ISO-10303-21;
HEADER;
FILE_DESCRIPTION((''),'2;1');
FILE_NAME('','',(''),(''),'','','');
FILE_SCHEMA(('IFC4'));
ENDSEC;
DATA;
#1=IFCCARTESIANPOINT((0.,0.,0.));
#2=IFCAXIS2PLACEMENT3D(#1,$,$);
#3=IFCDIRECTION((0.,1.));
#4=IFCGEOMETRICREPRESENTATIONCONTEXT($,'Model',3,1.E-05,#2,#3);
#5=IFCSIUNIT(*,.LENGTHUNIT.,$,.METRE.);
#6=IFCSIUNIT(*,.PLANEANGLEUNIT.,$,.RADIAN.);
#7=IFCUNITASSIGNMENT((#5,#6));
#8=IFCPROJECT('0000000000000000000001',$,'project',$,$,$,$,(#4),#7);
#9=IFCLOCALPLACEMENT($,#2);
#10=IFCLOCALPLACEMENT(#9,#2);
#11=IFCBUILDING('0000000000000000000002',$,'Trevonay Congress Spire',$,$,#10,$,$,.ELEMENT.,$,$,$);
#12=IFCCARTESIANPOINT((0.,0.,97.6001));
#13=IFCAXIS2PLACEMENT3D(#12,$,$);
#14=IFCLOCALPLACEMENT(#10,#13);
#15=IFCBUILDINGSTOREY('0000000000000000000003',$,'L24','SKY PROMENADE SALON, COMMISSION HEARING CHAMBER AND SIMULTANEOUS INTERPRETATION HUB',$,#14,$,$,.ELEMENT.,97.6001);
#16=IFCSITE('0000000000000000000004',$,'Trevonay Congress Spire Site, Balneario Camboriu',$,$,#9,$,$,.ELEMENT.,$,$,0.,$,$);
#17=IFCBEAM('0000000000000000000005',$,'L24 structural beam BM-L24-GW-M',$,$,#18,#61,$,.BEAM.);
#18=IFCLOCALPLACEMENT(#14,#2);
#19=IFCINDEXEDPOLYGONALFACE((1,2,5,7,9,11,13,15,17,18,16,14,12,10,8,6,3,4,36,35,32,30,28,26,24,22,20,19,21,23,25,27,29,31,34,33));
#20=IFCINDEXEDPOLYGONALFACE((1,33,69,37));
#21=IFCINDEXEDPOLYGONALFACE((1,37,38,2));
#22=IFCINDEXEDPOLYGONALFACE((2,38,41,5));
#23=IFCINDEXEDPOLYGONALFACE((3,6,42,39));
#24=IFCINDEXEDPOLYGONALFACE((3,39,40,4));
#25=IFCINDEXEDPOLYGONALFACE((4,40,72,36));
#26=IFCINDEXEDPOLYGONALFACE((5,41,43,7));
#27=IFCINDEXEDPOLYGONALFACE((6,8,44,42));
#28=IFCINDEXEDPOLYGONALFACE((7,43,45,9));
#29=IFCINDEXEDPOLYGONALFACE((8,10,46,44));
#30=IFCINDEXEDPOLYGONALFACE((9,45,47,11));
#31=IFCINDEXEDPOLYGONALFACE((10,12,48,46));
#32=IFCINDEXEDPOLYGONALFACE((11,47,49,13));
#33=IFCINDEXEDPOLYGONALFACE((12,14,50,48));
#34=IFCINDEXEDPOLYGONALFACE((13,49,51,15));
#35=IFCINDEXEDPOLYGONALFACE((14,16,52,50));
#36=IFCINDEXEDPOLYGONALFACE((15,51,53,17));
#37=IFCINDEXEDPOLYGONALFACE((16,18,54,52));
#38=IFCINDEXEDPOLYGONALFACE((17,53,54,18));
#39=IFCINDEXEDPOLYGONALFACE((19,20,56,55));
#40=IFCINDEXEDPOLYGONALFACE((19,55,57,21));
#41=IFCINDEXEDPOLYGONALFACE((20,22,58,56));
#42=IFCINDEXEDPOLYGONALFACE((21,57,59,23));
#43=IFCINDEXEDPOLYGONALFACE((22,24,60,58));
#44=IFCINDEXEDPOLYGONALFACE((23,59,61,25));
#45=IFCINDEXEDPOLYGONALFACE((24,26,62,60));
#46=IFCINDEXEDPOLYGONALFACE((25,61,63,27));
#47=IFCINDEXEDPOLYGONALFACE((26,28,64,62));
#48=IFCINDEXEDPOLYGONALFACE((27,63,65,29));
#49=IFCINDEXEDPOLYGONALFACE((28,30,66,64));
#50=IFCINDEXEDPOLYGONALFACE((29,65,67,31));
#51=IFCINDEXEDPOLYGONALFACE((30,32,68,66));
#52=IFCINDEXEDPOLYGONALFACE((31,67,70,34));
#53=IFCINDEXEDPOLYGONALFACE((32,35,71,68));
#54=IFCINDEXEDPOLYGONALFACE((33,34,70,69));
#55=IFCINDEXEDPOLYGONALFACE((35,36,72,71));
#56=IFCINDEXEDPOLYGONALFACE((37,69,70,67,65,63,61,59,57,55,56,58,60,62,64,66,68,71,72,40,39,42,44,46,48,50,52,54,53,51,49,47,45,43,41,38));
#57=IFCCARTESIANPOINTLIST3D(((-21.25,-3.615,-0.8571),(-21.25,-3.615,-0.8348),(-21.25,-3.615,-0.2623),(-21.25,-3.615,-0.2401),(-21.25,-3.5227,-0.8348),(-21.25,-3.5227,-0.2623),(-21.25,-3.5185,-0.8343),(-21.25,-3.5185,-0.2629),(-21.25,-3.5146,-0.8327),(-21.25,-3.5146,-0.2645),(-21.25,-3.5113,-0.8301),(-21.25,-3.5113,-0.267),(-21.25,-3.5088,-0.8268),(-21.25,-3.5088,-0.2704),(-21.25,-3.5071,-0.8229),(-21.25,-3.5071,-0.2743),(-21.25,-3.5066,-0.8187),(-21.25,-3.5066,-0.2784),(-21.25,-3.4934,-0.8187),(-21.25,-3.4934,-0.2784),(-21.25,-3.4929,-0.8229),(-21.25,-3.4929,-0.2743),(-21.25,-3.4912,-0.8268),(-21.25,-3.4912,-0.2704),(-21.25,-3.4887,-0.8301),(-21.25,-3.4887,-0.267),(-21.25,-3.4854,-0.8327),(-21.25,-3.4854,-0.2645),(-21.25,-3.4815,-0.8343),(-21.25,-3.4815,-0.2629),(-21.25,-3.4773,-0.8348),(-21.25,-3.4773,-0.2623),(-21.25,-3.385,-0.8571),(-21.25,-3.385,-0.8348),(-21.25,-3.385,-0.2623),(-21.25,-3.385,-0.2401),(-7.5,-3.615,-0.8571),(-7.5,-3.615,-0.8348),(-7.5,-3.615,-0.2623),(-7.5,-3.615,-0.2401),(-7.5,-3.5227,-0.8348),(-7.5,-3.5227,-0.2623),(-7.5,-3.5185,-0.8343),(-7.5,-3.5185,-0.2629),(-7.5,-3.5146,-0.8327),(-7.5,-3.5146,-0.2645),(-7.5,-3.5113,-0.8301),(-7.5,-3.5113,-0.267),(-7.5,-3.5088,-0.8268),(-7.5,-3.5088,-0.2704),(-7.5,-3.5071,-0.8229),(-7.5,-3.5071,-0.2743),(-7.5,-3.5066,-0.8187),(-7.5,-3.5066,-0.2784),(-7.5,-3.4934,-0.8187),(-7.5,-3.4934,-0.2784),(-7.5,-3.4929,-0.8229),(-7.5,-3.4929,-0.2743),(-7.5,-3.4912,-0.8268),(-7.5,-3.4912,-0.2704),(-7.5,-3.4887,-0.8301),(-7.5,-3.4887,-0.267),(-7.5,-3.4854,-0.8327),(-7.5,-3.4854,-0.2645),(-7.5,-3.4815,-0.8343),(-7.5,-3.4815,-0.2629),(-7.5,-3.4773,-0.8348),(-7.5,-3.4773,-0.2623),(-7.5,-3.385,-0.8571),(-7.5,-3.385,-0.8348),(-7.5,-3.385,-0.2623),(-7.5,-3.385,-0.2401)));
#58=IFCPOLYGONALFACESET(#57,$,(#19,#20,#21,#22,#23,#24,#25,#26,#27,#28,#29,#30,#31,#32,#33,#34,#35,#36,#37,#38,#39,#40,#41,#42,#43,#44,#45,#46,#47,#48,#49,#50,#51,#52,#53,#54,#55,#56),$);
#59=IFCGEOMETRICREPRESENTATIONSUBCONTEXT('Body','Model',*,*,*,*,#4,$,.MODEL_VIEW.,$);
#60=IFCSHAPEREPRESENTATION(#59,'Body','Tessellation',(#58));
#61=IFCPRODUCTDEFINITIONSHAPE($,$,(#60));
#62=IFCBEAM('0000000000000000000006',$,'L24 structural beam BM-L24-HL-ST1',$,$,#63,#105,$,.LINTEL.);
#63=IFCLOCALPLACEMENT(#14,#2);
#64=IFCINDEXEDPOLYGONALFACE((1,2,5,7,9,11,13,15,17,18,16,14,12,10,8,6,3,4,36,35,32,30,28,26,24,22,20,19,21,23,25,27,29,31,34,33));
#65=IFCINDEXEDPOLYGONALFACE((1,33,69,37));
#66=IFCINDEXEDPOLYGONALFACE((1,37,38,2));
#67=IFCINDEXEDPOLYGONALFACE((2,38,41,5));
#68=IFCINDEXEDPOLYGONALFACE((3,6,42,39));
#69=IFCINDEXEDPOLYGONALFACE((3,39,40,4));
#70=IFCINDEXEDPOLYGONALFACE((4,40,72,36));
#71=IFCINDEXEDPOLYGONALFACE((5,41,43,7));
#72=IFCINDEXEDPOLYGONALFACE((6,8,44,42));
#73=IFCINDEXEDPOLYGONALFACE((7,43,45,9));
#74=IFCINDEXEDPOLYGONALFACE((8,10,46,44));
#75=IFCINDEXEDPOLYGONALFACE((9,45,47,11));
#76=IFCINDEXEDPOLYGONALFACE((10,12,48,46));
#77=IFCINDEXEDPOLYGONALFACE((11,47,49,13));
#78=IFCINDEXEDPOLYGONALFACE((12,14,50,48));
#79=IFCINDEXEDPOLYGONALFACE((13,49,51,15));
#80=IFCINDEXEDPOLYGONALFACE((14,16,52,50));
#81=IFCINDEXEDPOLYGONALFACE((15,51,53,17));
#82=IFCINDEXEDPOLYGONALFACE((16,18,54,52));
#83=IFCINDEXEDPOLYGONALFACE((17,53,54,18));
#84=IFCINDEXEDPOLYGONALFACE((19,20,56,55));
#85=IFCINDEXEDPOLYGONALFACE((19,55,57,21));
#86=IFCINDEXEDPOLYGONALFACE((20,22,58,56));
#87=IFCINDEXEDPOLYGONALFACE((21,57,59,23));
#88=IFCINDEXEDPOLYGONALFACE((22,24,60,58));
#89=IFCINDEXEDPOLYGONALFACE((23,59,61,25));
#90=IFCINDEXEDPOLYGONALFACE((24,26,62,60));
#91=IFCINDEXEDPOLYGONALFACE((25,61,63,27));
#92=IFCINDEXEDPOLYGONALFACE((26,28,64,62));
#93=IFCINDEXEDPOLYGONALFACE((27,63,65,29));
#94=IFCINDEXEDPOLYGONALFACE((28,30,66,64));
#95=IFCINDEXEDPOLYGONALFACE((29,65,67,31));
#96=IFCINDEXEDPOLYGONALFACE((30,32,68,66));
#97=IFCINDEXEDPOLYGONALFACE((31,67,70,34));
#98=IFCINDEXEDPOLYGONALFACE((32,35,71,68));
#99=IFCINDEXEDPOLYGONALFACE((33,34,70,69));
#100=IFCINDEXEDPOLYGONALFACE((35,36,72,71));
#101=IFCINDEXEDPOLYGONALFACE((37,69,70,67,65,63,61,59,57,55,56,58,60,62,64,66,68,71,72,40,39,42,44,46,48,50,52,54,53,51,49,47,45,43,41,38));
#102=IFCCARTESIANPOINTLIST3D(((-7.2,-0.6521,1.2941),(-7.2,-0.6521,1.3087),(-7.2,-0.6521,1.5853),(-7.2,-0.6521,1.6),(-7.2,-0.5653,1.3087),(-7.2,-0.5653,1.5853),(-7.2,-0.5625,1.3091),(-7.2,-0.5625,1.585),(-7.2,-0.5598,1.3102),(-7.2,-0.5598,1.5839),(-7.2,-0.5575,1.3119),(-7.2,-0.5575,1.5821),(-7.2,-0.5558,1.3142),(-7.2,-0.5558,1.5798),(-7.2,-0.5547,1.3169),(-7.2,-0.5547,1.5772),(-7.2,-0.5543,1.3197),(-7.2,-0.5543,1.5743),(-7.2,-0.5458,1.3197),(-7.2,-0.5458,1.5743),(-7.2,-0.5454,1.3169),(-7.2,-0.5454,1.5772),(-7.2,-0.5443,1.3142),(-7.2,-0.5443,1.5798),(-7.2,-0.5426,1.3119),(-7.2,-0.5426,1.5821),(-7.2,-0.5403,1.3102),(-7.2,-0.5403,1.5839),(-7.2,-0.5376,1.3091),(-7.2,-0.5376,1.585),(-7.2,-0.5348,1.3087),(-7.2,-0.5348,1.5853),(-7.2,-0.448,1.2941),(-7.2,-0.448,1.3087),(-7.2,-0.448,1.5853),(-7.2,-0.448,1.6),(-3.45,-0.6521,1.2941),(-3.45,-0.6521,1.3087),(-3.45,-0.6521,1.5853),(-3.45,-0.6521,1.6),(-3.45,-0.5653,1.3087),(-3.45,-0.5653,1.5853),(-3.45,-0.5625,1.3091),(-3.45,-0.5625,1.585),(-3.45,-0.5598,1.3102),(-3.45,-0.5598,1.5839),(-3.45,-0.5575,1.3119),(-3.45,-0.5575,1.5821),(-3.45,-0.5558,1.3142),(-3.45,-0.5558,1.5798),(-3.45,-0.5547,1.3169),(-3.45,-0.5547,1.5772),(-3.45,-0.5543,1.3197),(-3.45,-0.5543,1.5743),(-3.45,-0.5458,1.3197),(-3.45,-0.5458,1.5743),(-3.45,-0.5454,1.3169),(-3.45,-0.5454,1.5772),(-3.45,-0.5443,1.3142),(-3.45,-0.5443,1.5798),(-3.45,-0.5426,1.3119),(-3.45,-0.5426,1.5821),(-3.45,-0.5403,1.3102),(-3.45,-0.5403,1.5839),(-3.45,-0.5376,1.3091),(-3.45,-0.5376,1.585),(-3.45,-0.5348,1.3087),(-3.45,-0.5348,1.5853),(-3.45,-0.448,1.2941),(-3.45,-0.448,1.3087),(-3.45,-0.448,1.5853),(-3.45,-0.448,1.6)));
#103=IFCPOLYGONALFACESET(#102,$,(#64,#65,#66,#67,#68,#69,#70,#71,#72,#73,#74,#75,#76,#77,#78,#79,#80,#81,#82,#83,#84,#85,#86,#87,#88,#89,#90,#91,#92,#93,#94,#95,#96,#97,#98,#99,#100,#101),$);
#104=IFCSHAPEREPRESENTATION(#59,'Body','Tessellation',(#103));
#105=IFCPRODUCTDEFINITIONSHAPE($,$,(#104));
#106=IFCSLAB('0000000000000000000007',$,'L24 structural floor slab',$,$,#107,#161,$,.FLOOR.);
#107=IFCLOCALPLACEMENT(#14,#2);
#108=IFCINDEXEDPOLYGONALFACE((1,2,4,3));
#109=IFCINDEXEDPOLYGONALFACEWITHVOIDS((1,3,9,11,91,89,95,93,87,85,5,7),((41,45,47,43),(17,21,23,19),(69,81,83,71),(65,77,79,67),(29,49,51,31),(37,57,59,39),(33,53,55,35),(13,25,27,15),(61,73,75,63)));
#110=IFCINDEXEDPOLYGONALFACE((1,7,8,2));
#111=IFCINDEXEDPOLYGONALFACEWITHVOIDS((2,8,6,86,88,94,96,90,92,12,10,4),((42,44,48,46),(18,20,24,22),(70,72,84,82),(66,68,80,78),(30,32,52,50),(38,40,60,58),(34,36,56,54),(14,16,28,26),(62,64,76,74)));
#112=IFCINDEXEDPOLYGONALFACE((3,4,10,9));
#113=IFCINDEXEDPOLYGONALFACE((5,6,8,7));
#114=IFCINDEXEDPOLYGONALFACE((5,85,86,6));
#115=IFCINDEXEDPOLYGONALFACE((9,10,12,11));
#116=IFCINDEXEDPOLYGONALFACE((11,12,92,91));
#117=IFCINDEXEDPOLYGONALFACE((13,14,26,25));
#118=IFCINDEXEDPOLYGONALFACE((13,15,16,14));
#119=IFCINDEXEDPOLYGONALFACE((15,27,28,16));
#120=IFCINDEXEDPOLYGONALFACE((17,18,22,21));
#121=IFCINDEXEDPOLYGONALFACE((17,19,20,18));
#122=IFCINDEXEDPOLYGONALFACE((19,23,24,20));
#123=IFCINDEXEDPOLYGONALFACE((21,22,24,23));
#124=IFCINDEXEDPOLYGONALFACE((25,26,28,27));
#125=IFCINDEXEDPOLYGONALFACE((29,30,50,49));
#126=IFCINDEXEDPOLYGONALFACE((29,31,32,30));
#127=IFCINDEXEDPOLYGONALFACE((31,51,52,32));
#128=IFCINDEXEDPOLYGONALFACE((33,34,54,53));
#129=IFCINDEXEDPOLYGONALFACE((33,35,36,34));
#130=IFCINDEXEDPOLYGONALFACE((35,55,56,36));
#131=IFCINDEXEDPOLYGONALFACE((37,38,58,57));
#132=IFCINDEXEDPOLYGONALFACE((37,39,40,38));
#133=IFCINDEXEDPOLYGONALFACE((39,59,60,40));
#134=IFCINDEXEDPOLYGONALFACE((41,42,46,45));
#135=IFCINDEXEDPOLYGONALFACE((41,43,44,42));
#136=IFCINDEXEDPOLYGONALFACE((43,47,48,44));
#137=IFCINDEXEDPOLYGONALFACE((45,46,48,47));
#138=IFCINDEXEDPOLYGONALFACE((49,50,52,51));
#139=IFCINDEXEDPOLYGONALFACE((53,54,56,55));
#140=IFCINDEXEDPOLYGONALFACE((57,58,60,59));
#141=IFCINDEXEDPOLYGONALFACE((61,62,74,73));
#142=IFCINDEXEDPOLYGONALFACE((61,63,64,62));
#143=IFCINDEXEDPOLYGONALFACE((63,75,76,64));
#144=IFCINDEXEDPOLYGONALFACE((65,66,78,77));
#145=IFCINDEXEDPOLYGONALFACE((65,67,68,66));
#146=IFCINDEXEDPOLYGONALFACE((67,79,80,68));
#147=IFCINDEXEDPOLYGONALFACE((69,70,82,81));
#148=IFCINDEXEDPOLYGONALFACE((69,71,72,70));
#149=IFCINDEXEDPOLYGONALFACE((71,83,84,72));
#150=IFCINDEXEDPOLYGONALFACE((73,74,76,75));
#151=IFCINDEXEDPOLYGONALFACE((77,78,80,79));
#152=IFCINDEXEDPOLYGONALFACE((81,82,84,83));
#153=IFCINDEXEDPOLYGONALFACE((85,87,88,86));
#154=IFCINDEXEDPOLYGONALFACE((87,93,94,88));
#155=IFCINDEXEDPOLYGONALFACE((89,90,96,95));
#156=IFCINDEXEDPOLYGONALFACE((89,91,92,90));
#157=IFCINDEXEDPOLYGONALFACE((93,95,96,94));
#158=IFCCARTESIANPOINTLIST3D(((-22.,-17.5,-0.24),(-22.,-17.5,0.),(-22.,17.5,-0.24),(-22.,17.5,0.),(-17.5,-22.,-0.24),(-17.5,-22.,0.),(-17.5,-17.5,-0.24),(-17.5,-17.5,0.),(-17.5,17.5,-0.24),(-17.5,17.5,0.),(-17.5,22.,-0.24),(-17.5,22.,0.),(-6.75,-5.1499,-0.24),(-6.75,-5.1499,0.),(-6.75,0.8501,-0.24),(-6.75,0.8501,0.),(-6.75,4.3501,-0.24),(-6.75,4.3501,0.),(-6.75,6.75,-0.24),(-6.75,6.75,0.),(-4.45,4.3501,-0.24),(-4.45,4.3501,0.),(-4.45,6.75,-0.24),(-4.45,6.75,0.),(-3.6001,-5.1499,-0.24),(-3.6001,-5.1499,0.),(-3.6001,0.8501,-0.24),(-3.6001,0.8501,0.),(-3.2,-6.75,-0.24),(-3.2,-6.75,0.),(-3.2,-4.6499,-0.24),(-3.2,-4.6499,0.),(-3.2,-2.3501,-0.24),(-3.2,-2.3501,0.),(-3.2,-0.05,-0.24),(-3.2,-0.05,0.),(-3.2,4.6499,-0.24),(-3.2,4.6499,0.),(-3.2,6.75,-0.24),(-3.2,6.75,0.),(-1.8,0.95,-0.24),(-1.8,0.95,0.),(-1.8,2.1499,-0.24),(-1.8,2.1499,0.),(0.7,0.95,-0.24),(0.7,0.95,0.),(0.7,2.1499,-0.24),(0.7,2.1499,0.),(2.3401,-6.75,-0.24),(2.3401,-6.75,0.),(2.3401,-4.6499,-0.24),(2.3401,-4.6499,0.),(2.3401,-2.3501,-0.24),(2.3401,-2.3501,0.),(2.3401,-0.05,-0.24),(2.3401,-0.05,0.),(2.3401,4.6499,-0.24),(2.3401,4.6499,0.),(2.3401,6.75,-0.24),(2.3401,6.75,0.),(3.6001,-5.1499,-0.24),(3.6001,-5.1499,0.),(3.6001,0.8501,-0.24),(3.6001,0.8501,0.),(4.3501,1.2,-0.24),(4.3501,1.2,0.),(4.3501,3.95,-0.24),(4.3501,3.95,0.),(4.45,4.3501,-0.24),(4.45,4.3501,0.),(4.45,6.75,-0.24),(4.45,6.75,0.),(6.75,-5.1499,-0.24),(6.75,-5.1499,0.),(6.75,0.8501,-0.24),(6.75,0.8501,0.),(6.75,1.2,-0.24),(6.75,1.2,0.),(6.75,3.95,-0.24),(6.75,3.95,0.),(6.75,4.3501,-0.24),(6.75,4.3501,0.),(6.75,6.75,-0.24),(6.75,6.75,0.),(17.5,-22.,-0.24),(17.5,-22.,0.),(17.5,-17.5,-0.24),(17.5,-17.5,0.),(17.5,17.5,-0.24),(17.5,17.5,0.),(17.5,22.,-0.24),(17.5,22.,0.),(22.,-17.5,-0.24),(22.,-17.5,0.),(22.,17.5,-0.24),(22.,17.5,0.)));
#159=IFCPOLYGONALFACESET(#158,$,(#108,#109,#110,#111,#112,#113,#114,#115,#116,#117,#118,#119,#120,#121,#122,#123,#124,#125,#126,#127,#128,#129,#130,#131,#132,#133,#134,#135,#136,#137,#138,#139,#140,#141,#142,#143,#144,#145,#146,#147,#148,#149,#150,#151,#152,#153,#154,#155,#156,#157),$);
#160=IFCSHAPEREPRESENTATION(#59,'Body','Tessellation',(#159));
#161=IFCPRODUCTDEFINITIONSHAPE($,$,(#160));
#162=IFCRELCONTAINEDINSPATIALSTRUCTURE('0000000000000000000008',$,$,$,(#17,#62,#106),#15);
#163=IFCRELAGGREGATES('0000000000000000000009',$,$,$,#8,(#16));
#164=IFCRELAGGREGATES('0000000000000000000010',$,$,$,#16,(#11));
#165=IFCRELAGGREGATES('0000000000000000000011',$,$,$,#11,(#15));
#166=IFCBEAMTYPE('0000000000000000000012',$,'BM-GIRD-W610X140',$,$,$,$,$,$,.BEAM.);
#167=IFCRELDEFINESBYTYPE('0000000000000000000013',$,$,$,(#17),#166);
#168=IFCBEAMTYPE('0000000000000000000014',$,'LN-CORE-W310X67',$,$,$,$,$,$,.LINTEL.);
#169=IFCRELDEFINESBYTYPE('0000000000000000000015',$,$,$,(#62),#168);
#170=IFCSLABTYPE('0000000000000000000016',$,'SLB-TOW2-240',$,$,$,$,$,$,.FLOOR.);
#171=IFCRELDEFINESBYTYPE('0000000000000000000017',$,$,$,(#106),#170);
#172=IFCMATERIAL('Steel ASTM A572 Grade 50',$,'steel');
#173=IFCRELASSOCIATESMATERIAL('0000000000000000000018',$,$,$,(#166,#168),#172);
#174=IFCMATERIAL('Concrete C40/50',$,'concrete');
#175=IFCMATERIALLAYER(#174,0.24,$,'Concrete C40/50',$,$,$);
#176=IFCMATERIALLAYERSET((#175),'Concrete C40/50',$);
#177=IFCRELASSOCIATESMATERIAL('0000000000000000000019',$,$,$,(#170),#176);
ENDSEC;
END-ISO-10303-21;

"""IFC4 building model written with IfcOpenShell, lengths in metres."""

from ifc_helpers import new_model, si_unit, direction, frame, origin, origin_2d, place, context, subcontext, project, spatial, polyline, i_section, outline, extrude, material, layer, layer_set, material_profile, profile_set, type_object, element, save


model = new_model("IFC4")

# Units and contexts
model_context = context("Model", 3, precision=1e-05, world=origin(), true_north=direction((0.0, 1.0)))
body_context = subcontext(model_context, "Body", "Model", "MODEL_VIEW")
ifc_project = project(units=[si_unit("LENGTHUNIT", "METRE"), si_unit("PLANEANGLEUNIT", "RADIAN")], contexts=[model_context])

# Site, building, storey
site_placement = place(None, origin())
site = spatial("IfcSite", under=ifc_project, at=site_placement, Name="Trevonay Congress Spire Site, Balneario Camboriu", CompositionType="ELEMENT", RefElevation=0.0)
building_placement = place(site_placement, origin())
building = spatial("IfcBuilding", under=site, at=building_placement, Name="Trevonay Congress Spire", CompositionType="ELEMENT")
storey_placement = place(building_placement, frame((0.0, 0.0, 97.6001)))
storey = spatial("IfcBuildingStorey", under=building, at=storey_placement, Name="L24", Description="SKY PROMENADE SALON, COMMISSION HEARING CHAMBER AND SIMULTANEOUS INTERPRETATION HUB", CompositionType="ELEMENT", Elevation=97.6001)

# Shared definitions
ifc_material_1 = material(Name="Steel ASTM A572 Grade 50", Category="steel")

# Beams
ifc_material_profile_1 = material_profile(ifc_material_1, i_section(OverallWidth=0.23, OverallDepth=0.6169, WebThickness=0.0132, FlangeThickness=0.0222, FilletRadius=0.0161, at=origin_2d()), Name="W610x140")
ifc_profile_set_1 = profile_set([ifc_material_profile_1], Name="Steel ASTM A572 Grade 50")
beam_type_1 = type_object("IfcBeamType", Name="BM-GIRD-W610X140", PredefinedType="BEAM", material=ifc_profile_set_1)
for number, where, z_axis, x_axis, name in (
    (1, (-7.5, -3.5, -0.5486), (-1.0, 0.0, 0.0), (0.0, -1.0, 0.0), "L24 structural beam BM-L24-GW-M"),
):
    element("IfcBeam", number, at=place(storey_placement, frame(where, z_axis=z_axis, x_axis=x_axis)), inside=storey, type_object=beam_type_1, Name=name, PredefinedType="BEAM", context=body_context, shape_type="SweptSolid", body=[
        extrude(i_section(OverallWidth=0.23, OverallDepth=0.6169, WebThickness=0.0132, FlangeThickness=0.0222, FilletRadius=0.0161, at=origin_2d()), origin(), (0.0, 0.0, 1.0), 13.75),
    ])
ifc_material_profile_2 = material_profile(ifc_material_1, i_section(OverallWidth=0.2041, OverallDepth=0.3059, WebThickness=0.0085, FlangeThickness=0.0146, FilletRadius=0.011, at=origin_2d()), Name="W310x67")
ifc_profile_set_2 = profile_set([ifc_material_profile_2], Name="Steel ASTM A572 Grade 50")
beam_type_2 = type_object("IfcBeamType", Name="LN-CORE-W310X67", PredefinedType="LINTEL", material=ifc_profile_set_2)
beam_1_placement = place(storey_placement, frame((-7.2, -0.55, 1.447), z_axis=(1.0, 0.0, 0.0), x_axis=(0.0, 1.0, 0.0)))
element("IfcBeam", 2, at=beam_1_placement, inside=storey, type_object=beam_type_2, Name="L24 structural beam BM-L24-HL-ST1", PredefinedType="LINTEL", context=body_context, shape_type="SweptSolid", body=[
    extrude(i_section(OverallWidth=0.2041, OverallDepth=0.3059, WebThickness=0.0085, FlangeThickness=0.0146, FilletRadius=0.011, at=origin_2d()), origin(), (0.0, 0.0, 1.0), 3.75),
])

# Slab
ifc_material_2 = material(Name="Concrete C40/50", Category="concrete")
ifc_layer_1 = layer(ifc_material_2, 0.24, Name="Concrete C40/50")
ifc_layer_set_1 = layer_set([ifc_layer_1], Name="Concrete C40/50")
slab_type = type_object("IfcSlabType", Name="SLB-TOW2-240", PredefinedType="FLOOR", material=ifc_layer_set_1)
slab_placement = place(storey_placement, frame((0.0, 0.0, -0.24)))
element("IfcSlab", 3, at=slab_placement, inside=storey, type_object=slab_type, Name="L24 structural floor slab", PredefinedType="FLOOR", context=body_context, shape_type="SweptSolid", body=[
    extrude(outline(polyline([(-17.5, -22.0), (17.5, -22.0), (17.5, -17.5), (22.0, -17.5), (22.0, 17.5), (17.5, 17.5), (17.5, 22.0), (-17.5, 22.0), (-17.5, 17.5), (-22.0, 17.5), (-22.0, -17.5), (-17.5, -17.5), (-17.5, -22.0)]), holes=[polyline([(-3.6001, -5.1499), (-3.6001, 0.8501), (-6.75, 0.8501), (-6.75, -5.1499), (-3.6001, -5.1499)]), polyline([(6.75, -5.1499), (6.75, 0.8501), (3.6001, 0.8501), (3.6001, -5.1499), (6.75, -5.1499)]), polyline([(-3.2, -6.75), (2.3401, -6.75), (2.3401, -4.6499), (-3.2, -4.6499), (-3.2, -6.75)]), polyline([(-3.2, -2.3501), (2.3401, -2.3501), (2.3401, -0.05), (-3.2, -0.05), (-3.2, -2.3501)]), polyline([(-3.2, 4.6499), (2.3401, 4.6499), (2.3401, 6.75), (-3.2, 6.75), (-3.2, 4.6499)]), polyline([(-6.75, 4.3501), (-4.45, 4.3501), (-4.45, 6.75), (-6.75, 6.75), (-6.75, 4.3501)]), polyline([(4.45, 4.3501), (6.75, 4.3501), (6.75, 6.75), (4.45, 6.75), (4.45, 4.3501)]), polyline([(4.3501, 1.2), (6.75, 1.2), (6.75, 3.95), (4.3501, 3.95), (4.3501, 1.2)]), polyline([(-1.8, 0.95), (0.7, 0.95), (0.7, 2.1499), (-1.8, 2.1499), (-1.8, 0.95)])]), origin(), (0.0, 0.0, 1.0), 0.24),
])

save(model, "model.ifc")
